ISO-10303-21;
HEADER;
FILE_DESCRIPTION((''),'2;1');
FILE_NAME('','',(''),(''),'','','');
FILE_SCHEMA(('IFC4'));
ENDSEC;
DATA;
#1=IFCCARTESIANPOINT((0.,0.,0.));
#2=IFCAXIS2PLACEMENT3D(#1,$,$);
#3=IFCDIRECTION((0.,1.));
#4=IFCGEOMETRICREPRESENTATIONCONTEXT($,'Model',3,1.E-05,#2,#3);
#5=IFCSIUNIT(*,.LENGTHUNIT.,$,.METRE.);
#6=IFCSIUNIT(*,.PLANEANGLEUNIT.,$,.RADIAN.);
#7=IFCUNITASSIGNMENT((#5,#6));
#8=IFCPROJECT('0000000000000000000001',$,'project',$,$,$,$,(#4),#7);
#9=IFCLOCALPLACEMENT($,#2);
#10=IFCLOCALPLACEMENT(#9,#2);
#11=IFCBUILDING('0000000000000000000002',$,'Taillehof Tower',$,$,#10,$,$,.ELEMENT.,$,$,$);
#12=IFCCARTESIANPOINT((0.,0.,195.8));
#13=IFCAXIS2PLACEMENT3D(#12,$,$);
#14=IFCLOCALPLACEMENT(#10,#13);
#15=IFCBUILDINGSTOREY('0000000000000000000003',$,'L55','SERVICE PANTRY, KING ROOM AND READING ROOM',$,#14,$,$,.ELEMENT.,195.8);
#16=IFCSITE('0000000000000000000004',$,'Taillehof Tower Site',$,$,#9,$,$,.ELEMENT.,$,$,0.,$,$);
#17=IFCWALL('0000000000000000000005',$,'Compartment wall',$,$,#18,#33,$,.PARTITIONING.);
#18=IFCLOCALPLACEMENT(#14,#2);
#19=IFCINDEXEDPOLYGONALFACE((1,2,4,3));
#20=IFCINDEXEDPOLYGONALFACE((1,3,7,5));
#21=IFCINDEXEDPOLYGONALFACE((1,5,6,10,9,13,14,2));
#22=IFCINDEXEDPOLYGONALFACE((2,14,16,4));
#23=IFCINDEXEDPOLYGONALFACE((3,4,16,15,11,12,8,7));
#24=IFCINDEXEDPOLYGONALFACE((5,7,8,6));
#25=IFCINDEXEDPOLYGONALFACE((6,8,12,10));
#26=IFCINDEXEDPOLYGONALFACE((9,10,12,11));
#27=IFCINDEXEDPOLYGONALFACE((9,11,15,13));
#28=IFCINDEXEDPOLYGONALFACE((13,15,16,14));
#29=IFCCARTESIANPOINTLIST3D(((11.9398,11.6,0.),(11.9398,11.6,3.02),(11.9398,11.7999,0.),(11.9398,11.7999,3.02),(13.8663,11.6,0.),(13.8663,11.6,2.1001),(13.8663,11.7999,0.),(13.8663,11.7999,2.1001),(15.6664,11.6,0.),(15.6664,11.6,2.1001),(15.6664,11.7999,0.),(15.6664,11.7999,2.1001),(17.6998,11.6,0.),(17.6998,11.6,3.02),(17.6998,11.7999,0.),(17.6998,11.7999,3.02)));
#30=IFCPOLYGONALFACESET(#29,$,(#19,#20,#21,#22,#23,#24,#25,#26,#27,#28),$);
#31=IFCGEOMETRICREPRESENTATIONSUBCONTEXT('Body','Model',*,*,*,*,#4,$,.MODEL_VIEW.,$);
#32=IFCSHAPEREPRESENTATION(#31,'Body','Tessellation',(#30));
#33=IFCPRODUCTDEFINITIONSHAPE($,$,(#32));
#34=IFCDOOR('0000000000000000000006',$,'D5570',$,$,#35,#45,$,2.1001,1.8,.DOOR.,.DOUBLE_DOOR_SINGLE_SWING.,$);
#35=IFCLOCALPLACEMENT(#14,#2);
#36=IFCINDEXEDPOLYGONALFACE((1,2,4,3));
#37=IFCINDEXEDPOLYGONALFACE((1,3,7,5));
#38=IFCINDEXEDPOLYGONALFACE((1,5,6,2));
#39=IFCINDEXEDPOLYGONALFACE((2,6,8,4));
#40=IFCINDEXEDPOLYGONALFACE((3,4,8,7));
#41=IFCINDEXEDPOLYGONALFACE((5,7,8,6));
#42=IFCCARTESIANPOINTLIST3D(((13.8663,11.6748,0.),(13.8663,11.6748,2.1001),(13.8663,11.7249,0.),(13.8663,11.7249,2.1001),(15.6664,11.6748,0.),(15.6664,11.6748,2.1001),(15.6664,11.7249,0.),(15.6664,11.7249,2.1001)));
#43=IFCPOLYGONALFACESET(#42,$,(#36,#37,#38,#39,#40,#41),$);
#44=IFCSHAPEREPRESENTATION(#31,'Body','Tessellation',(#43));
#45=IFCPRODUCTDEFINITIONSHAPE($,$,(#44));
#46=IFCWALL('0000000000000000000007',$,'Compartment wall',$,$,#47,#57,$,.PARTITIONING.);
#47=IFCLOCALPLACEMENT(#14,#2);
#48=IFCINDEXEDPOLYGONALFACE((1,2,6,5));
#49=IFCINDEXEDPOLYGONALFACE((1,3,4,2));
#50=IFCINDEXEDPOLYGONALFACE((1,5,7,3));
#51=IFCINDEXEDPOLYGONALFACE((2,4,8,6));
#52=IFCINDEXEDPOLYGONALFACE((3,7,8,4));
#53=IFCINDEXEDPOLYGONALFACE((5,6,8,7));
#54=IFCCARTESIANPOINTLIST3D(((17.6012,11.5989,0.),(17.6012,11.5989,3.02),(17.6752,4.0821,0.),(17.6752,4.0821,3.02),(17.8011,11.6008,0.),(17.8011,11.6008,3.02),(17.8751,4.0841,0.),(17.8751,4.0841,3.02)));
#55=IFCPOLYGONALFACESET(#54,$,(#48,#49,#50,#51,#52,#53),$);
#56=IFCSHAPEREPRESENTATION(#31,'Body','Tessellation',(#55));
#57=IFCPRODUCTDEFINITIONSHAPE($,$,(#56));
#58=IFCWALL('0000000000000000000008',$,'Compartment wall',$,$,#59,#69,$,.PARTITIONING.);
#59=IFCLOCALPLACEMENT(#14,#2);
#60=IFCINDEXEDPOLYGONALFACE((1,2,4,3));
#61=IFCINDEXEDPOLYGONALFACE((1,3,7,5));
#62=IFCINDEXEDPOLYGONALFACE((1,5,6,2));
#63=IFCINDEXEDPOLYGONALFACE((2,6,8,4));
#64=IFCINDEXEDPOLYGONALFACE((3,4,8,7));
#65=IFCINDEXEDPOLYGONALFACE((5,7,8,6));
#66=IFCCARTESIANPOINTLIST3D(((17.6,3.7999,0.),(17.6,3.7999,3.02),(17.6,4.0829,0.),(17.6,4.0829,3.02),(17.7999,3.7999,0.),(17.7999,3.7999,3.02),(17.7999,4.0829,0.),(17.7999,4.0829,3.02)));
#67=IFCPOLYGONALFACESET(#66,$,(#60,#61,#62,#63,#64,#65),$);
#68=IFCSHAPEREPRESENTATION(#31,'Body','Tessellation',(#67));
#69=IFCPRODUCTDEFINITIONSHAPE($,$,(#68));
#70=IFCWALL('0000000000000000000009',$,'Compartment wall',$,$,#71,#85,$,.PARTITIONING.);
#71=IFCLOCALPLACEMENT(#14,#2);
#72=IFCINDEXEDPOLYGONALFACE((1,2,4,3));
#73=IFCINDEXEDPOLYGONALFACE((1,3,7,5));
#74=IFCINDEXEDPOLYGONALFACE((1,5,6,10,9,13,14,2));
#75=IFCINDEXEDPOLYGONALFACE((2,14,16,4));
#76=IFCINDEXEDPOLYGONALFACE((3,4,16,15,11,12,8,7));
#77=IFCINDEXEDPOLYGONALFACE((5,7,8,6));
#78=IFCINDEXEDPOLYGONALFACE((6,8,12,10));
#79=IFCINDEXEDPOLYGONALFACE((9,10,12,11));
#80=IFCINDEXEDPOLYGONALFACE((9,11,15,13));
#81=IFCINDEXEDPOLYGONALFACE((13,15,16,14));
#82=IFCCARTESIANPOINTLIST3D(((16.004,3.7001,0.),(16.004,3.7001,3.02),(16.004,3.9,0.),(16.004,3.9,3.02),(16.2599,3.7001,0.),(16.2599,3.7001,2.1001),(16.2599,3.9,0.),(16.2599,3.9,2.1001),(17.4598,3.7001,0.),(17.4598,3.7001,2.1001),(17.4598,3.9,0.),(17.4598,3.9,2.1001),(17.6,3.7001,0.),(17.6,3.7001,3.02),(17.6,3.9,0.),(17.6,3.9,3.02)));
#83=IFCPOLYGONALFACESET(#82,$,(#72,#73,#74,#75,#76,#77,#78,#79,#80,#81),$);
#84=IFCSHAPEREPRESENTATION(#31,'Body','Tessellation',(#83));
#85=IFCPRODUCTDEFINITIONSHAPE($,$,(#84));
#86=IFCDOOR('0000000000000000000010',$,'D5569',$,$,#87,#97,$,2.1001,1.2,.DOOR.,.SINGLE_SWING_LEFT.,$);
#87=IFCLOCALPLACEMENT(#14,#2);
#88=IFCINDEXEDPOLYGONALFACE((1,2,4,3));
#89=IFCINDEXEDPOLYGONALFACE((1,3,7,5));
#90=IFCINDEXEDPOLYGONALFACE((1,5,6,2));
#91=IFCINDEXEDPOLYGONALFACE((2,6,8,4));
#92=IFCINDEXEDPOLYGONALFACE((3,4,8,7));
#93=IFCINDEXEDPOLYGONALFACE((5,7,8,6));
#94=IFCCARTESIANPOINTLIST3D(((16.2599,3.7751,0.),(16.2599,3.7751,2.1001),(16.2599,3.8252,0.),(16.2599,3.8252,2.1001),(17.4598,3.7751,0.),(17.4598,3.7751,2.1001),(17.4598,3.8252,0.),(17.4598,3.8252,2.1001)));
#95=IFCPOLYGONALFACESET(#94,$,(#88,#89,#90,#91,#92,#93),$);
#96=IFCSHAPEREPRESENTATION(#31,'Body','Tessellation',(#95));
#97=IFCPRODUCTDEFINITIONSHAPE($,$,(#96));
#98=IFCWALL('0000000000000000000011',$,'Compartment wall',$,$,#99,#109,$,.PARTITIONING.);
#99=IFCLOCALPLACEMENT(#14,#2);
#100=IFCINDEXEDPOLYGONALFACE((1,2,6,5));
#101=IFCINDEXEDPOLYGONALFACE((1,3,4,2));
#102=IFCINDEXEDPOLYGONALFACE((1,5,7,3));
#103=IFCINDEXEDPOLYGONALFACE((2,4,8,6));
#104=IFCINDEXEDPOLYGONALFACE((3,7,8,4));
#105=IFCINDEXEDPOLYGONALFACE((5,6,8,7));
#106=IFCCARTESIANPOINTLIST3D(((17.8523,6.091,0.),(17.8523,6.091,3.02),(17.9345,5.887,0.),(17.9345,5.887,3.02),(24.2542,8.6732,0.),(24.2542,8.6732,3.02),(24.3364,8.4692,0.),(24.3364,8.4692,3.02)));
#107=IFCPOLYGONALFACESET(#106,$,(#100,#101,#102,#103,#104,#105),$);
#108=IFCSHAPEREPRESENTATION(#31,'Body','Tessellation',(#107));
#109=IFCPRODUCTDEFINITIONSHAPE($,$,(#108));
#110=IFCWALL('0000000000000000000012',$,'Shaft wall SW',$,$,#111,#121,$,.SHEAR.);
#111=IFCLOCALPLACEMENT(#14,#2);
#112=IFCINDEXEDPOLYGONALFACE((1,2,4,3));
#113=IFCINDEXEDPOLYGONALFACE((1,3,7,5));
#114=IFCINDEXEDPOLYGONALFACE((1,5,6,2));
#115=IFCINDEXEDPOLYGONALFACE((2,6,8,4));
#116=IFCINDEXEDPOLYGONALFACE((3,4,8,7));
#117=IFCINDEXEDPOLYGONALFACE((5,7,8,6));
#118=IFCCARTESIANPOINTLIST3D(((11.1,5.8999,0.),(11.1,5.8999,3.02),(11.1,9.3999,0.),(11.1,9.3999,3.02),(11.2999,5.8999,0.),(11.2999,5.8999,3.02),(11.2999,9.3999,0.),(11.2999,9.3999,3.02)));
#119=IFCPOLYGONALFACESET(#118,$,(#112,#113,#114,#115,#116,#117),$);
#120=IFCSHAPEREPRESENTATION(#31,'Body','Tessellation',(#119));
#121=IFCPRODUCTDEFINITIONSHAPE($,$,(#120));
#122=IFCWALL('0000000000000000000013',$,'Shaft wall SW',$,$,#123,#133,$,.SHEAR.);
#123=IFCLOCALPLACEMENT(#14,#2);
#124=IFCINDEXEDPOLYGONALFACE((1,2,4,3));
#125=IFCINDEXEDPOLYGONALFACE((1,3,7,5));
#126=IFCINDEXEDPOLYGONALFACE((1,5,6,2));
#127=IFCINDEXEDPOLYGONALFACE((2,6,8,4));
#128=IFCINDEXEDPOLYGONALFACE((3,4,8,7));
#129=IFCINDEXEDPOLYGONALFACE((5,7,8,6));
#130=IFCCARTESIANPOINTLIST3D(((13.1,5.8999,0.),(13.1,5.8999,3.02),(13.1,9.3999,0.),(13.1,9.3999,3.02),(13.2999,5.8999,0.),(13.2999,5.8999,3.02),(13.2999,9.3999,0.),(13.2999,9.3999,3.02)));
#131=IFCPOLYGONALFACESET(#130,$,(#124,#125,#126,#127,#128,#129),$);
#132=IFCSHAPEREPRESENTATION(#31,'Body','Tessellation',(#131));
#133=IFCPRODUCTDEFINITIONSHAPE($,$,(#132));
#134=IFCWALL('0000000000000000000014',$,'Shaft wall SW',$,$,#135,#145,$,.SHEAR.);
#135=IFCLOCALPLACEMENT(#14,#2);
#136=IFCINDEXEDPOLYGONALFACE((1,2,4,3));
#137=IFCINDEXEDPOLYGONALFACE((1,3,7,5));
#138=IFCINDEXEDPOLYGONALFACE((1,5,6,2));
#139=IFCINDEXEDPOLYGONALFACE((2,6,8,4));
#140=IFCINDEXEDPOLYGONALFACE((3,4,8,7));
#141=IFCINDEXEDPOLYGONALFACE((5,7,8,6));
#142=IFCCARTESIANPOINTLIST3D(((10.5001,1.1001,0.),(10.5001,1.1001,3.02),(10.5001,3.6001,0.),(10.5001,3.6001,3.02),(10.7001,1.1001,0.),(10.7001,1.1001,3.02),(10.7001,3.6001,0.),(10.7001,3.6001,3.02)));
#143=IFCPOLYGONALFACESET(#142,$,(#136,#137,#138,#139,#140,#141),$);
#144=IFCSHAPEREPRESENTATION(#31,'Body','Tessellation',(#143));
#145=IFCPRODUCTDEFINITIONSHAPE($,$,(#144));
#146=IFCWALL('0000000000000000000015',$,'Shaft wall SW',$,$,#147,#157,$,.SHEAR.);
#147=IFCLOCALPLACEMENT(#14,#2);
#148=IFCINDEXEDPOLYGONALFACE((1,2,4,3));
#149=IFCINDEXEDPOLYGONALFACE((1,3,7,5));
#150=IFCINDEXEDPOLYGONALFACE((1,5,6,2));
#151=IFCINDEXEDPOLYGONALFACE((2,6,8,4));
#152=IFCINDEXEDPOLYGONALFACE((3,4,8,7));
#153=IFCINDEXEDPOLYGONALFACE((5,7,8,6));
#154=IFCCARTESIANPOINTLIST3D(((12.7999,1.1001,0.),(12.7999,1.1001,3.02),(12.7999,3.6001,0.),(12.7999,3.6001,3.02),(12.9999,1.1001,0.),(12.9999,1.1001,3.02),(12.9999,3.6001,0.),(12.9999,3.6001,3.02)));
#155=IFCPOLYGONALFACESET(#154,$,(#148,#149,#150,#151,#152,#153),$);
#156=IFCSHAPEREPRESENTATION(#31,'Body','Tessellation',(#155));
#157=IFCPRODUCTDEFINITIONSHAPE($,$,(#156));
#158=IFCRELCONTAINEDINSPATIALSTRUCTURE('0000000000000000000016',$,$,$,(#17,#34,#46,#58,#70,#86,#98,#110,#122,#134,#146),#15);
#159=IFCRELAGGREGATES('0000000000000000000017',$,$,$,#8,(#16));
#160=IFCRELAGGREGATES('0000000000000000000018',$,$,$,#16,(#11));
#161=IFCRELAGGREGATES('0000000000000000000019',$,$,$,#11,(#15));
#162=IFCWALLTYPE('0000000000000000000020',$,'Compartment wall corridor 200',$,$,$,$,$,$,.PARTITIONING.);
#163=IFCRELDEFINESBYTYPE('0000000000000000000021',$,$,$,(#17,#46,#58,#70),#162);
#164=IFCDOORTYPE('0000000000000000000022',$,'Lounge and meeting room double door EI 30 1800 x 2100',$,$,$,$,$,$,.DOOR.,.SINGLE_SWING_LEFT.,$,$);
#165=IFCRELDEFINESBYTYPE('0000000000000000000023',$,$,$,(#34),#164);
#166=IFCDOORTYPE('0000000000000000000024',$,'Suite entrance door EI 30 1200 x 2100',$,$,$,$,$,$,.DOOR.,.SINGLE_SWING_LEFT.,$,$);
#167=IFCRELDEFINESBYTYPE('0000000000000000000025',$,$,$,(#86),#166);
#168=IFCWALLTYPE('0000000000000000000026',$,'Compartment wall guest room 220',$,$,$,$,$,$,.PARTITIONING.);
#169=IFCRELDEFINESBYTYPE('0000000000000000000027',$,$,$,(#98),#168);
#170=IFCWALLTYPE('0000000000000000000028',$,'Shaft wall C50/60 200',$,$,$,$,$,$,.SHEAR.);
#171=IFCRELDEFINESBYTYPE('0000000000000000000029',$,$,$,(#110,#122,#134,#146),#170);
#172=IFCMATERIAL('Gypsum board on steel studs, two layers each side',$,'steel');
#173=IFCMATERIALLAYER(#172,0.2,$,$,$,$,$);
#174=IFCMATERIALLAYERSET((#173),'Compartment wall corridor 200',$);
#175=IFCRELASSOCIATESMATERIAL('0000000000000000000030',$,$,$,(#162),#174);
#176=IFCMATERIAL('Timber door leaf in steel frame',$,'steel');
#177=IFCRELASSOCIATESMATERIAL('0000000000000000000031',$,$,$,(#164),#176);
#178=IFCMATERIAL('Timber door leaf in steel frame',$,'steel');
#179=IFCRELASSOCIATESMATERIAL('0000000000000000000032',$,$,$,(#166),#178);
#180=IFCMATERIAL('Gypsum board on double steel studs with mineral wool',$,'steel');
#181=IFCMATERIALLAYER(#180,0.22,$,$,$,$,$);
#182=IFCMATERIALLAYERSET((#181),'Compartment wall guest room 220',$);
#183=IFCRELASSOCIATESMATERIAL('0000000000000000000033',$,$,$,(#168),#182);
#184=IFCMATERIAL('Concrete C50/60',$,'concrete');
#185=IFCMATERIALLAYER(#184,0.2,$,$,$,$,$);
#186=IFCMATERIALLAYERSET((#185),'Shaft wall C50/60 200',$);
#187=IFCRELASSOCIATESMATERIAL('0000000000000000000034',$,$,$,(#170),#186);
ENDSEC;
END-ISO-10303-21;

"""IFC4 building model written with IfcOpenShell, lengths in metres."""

from ifc_helpers import new_model, si_unit, direction, frame, frame_2d, origin, place, context, subcontext, project, spatial, rectangle, extrude, material, layer, layer_set, type_object, element, fill, save


model = new_model("IFC4")

# Units and contexts
model_context = context("Model", 3, precision=1e-05, world=origin(), true_north=direction((0.0, 1.0)))
body_context = subcontext(model_context, "Body", "Model", "MODEL_VIEW")
ifc_project = project(units=[si_unit("LENGTHUNIT", "METRE"), si_unit("PLANEANGLEUNIT", "RADIAN")], contexts=[model_context])

# Site, building, storey
site_placement = place(None, origin())
site = spatial("IfcSite", under=ifc_project, at=site_placement, Name="Taillehof Tower Site", CompositionType="ELEMENT", RefElevation=0.0)
building_placement = place(site_placement, origin())
building = spatial("IfcBuilding", under=site, at=building_placement, Name="Taillehof Tower", CompositionType="ELEMENT")
storey_placement = place(building_placement, frame((0.0, 0.0, 195.8)))
storey = spatial("IfcBuildingStorey", under=building, at=storey_placement, Name="L55", Description="SERVICE PANTRY, KING ROOM AND READING ROOM", CompositionType="ELEMENT", Elevation=195.8)

# Wall, opening, door
ifc_material_1 = material(Name="Gypsum board on steel studs, two layers each side", Category="steel")
ifc_layer_1 = layer(ifc_material_1, 0.2)
ifc_layer_set_1 = layer_set([ifc_layer_1], Name="Compartment wall corridor 200")
wall_type_1 = type_object("IfcWallType", Name="Compartment wall corridor 200", PredefinedType="PARTITIONING", material=ifc_layer_set_1)
wall_1_placement = place(storey_placement, frame((11.9399, 11.7, 0.0), z_axis=(0.0, 0.0, 1.0), x_axis=(1.0, 0.0, 0.0)))
wall_1 = element("IfcWall", 1, at=wall_1_placement, inside=storey, type_object=wall_type_1, Name="Compartment wall", PredefinedType="PARTITIONING", context=body_context, shape_type="SweptSolid", body=[
    extrude(rectangle(XDim=5.76, YDim=0.2, at=frame_2d((2.8799, 0.0))), origin(), (0.0, 0.0, 1.0), 3.02),
])
opening_1_placement = place(wall_1_placement, frame((1.9265, 0.0, 0.0)))
opening_1 = element("IfcOpeningElement", 2, at=opening_1_placement, cuts=wall_1, PredefinedType="OPENING", context=body_context, shape_type="SweptSolid", body=[
    extrude(rectangle(XDim=1.8, YDim=2.1001, at=frame_2d((0.8999, 1.05))), frame((0.0, 0.1099, 0.0), z_axis=(0.0, -1.0, 0.0), x_axis=(1.0, 0.0, 0.0)), (0.0, 0.0, 1.0), 0.22),
])
ifc_material_2 = material(Name="Timber door leaf in steel frame", Category="steel")
door_type_1 = type_object("IfcDoorType", Name="Lounge and meeting room double door EI 30 1800 x 2100", OperationType="SINGLE_SWING_LEFT", PredefinedType="DOOR", material=ifc_material_2)
door_1_placement = place(opening_1_placement, origin())
door_1 = element("IfcDoor", 3, at=door_1_placement, inside=storey, type_object=door_type_1, Name="D5570", OperationType="DOUBLE_DOOR_SINGLE_SWING", OverallHeight=2.1001, OverallWidth=1.8, PredefinedType="DOOR", context=body_context, shape_type="SweptSolid", body=[
    extrude(rectangle(XDim=1.8, YDim=2.1001, at=frame_2d((0.8999, 1.05))), frame((0.0, 0.0249, 0.0), z_axis=(0.0, -1.0, 0.0), x_axis=(1.0, 0.0, 0.0)), (0.0, 0.0, 1.0), 0.05),
])
fill(opening_1, door_1)

# Walls
wall_2_placement = place(storey_placement, frame((17.7012, 11.5999, 0.0), z_axis=(0.0, 0.0, 1.0), x_axis=(0.009841, -0.999952, 0.0)))
element("IfcWall", 4, at=wall_2_placement, inside=storey, type_object=wall_type_1, Name="Compartment wall", PredefinedType="PARTITIONING", context=body_context, shape_type="SweptSolid", body=[
    extrude(rectangle(XDim=7.5171, YDim=0.2, at=frame_2d((3.7585, 0.0))), origin(), (0.0, 0.0, 1.0), 3.02),
])
wall_3_placement = place(storey_placement, frame((17.7, 4.083, 0.0), z_axis=(0.0, 0.0, 1.0), x_axis=(0.0, -1.0, 0.0)))
element("IfcWall", 5, at=wall_3_placement, inside=storey, type_object=wall_type_1, Name="Compartment wall", PredefinedType="PARTITIONING", context=body_context, shape_type="SweptSolid", body=[
    extrude(rectangle(XDim=0.283, YDim=0.2, at=frame_2d((0.1416, 0.0))), origin(), (0.0, 0.0, 1.0), 3.02),
])

# Wall, opening, door
wall_4_placement = place(storey_placement, frame((17.5999, 3.8, 0.0), z_axis=(0.0, 0.0, 1.0), x_axis=(-1.0, 0.0, 0.0)))
wall_4 = element("IfcWall", 6, at=wall_4_placement, inside=storey, type_object=wall_type_1, Name="Compartment wall", PredefinedType="PARTITIONING", context=body_context, shape_type="SweptSolid", body=[
    extrude(rectangle(XDim=1.5959, YDim=0.2, at=frame_2d((0.7979, 0.0))), origin(), (0.0, 0.0, 1.0), 3.02),
])
opening_2_placement = place(wall_4_placement, frame((0.1399, 0.0, 0.0)))
opening_2 = element("IfcOpeningElement", 7, at=opening_2_placement, cuts=wall_4, PredefinedType="OPENING", context=body_context, shape_type="SweptSolid", body=[
    extrude(rectangle(XDim=1.2, YDim=2.1001, at=frame_2d((0.6001, 1.05))), frame((0.0, 0.1099, 0.0), z_axis=(0.0, -1.0, 0.0), x_axis=(1.0, 0.0, 0.0)), (0.0, 0.0, 1.0), 0.22),
])
ifc_material_3 = material(Name="Timber door leaf in steel frame", Category="steel")
door_type_2 = type_object("IfcDoorType", Name="Suite entrance door EI 30 1200 x 2100", OperationType="SINGLE_SWING_LEFT", PredefinedType="DOOR", material=ifc_material_3)
door_2_placement = place(opening_2_placement, origin())
door_2 = element("IfcDoor", 8, at=door_2_placement, inside=storey, type_object=door_type_2, Name="D5569", OperationType="SINGLE_SWING_LEFT", OverallHeight=2.1001, OverallWidth=1.2, PredefinedType="DOOR", context=body_context, shape_type="SweptSolid", body=[
    extrude(rectangle(XDim=1.2, YDim=2.1001, at=frame_2d((0.6001, 1.05))), frame((0.0, 0.0249, 0.0), z_axis=(0.0, -1.0, 0.0), x_axis=(1.0, 0.0, 0.0)), (0.0, 0.0, 1.0), 0.05),
])
fill(opening_2, door_2)

# Walls
ifc_material_4 = material(Name="Gypsum board on double steel studs with mineral wool", Category="steel")
ifc_layer_2 = layer(ifc_material_4, 0.22)
ifc_layer_set_2 = layer_set([ifc_layer_2], Name="Compartment wall guest room 220")
wall_type_2 = type_object("IfcWallType", Name="Compartment wall guest room 220", PredefinedType="PARTITIONING", material=ifc_layer_set_2)
wall_5_placement = place(storey_placement, frame((24.2954, 8.5713, 0.0), z_axis=(0.0, 0.0, 1.0), x_axis=(-0.927397, -0.374078, 0.0)))
element("IfcWall", 9, at=wall_5_placement, inside=storey, type_object=wall_type_2, Name="Compartment wall", PredefinedType="PARTITIONING", context=body_context, shape_type="SweptSolid", body=[
    extrude(rectangle(XDim=6.9031, YDim=0.22, at=frame_2d((3.4517, 0.0))), origin(), (0.0, 0.0, 1.0), 3.02),
])
ifc_material_5 = material(Name="Concrete C50/60", Category="concrete")
ifc_layer_3 = layer(ifc_material_5, 0.2)
ifc_layer_set_3 = layer_set([ifc_layer_3], Name="Shaft wall C50/60 200")
wall_type_3 = type_object("IfcWallType", Name="Shaft wall C50/60 200", PredefinedType="SHEAR", material=ifc_layer_set_3)
for number, where, z_axis, x_axis, name in (
    (10, (11.2, 5.8999, 0.0), (0.0, 0.0, 1.0), (0.0, 1.0, 0.0), "Shaft wall SW"),
    (11, (13.2, 5.8999, 0.0), (0.0, 0.0, 1.0), (0.0, 1.0, 0.0), "Shaft wall SW"),
):
    element("IfcWall", number, at=place(storey_placement, frame(where, z_axis=z_axis, x_axis=x_axis)), inside=storey, type_object=wall_type_3, Name=name, PredefinedType="SHEAR", context=body_context, shape_type="SweptSolid", body=[
        extrude(rectangle(XDim=3.5, YDim=0.2, at=frame_2d((1.75, 0.0))), origin(), (0.0, 0.0, 1.0), 3.02),
    ])
for number, where, z_axis, x_axis, name in (
    (12, (10.6001, 1.1001, 0.0), (0.0, 0.0, 1.0), (0.0, 1.0, 0.0), "Shaft wall SW"),
    (13, (12.8999, 1.1001, 0.0), (0.0, 0.0, 1.0), (0.0, 1.0, 0.0), "Shaft wall SW"),
):
    element("IfcWall", number, at=place(storey_placement, frame(where, z_axis=z_axis, x_axis=x_axis)), inside=storey, type_object=wall_type_3, Name=name, PredefinedType="SHEAR", context=body_context, shape_type="SweptSolid", body=[
        extrude(rectangle(XDim=2.5, YDim=0.2, at=frame_2d((1.25, 0.0))), origin(), (0.0, 0.0, 1.0), 3.02),
    ])

save(model, "model.ifc")
